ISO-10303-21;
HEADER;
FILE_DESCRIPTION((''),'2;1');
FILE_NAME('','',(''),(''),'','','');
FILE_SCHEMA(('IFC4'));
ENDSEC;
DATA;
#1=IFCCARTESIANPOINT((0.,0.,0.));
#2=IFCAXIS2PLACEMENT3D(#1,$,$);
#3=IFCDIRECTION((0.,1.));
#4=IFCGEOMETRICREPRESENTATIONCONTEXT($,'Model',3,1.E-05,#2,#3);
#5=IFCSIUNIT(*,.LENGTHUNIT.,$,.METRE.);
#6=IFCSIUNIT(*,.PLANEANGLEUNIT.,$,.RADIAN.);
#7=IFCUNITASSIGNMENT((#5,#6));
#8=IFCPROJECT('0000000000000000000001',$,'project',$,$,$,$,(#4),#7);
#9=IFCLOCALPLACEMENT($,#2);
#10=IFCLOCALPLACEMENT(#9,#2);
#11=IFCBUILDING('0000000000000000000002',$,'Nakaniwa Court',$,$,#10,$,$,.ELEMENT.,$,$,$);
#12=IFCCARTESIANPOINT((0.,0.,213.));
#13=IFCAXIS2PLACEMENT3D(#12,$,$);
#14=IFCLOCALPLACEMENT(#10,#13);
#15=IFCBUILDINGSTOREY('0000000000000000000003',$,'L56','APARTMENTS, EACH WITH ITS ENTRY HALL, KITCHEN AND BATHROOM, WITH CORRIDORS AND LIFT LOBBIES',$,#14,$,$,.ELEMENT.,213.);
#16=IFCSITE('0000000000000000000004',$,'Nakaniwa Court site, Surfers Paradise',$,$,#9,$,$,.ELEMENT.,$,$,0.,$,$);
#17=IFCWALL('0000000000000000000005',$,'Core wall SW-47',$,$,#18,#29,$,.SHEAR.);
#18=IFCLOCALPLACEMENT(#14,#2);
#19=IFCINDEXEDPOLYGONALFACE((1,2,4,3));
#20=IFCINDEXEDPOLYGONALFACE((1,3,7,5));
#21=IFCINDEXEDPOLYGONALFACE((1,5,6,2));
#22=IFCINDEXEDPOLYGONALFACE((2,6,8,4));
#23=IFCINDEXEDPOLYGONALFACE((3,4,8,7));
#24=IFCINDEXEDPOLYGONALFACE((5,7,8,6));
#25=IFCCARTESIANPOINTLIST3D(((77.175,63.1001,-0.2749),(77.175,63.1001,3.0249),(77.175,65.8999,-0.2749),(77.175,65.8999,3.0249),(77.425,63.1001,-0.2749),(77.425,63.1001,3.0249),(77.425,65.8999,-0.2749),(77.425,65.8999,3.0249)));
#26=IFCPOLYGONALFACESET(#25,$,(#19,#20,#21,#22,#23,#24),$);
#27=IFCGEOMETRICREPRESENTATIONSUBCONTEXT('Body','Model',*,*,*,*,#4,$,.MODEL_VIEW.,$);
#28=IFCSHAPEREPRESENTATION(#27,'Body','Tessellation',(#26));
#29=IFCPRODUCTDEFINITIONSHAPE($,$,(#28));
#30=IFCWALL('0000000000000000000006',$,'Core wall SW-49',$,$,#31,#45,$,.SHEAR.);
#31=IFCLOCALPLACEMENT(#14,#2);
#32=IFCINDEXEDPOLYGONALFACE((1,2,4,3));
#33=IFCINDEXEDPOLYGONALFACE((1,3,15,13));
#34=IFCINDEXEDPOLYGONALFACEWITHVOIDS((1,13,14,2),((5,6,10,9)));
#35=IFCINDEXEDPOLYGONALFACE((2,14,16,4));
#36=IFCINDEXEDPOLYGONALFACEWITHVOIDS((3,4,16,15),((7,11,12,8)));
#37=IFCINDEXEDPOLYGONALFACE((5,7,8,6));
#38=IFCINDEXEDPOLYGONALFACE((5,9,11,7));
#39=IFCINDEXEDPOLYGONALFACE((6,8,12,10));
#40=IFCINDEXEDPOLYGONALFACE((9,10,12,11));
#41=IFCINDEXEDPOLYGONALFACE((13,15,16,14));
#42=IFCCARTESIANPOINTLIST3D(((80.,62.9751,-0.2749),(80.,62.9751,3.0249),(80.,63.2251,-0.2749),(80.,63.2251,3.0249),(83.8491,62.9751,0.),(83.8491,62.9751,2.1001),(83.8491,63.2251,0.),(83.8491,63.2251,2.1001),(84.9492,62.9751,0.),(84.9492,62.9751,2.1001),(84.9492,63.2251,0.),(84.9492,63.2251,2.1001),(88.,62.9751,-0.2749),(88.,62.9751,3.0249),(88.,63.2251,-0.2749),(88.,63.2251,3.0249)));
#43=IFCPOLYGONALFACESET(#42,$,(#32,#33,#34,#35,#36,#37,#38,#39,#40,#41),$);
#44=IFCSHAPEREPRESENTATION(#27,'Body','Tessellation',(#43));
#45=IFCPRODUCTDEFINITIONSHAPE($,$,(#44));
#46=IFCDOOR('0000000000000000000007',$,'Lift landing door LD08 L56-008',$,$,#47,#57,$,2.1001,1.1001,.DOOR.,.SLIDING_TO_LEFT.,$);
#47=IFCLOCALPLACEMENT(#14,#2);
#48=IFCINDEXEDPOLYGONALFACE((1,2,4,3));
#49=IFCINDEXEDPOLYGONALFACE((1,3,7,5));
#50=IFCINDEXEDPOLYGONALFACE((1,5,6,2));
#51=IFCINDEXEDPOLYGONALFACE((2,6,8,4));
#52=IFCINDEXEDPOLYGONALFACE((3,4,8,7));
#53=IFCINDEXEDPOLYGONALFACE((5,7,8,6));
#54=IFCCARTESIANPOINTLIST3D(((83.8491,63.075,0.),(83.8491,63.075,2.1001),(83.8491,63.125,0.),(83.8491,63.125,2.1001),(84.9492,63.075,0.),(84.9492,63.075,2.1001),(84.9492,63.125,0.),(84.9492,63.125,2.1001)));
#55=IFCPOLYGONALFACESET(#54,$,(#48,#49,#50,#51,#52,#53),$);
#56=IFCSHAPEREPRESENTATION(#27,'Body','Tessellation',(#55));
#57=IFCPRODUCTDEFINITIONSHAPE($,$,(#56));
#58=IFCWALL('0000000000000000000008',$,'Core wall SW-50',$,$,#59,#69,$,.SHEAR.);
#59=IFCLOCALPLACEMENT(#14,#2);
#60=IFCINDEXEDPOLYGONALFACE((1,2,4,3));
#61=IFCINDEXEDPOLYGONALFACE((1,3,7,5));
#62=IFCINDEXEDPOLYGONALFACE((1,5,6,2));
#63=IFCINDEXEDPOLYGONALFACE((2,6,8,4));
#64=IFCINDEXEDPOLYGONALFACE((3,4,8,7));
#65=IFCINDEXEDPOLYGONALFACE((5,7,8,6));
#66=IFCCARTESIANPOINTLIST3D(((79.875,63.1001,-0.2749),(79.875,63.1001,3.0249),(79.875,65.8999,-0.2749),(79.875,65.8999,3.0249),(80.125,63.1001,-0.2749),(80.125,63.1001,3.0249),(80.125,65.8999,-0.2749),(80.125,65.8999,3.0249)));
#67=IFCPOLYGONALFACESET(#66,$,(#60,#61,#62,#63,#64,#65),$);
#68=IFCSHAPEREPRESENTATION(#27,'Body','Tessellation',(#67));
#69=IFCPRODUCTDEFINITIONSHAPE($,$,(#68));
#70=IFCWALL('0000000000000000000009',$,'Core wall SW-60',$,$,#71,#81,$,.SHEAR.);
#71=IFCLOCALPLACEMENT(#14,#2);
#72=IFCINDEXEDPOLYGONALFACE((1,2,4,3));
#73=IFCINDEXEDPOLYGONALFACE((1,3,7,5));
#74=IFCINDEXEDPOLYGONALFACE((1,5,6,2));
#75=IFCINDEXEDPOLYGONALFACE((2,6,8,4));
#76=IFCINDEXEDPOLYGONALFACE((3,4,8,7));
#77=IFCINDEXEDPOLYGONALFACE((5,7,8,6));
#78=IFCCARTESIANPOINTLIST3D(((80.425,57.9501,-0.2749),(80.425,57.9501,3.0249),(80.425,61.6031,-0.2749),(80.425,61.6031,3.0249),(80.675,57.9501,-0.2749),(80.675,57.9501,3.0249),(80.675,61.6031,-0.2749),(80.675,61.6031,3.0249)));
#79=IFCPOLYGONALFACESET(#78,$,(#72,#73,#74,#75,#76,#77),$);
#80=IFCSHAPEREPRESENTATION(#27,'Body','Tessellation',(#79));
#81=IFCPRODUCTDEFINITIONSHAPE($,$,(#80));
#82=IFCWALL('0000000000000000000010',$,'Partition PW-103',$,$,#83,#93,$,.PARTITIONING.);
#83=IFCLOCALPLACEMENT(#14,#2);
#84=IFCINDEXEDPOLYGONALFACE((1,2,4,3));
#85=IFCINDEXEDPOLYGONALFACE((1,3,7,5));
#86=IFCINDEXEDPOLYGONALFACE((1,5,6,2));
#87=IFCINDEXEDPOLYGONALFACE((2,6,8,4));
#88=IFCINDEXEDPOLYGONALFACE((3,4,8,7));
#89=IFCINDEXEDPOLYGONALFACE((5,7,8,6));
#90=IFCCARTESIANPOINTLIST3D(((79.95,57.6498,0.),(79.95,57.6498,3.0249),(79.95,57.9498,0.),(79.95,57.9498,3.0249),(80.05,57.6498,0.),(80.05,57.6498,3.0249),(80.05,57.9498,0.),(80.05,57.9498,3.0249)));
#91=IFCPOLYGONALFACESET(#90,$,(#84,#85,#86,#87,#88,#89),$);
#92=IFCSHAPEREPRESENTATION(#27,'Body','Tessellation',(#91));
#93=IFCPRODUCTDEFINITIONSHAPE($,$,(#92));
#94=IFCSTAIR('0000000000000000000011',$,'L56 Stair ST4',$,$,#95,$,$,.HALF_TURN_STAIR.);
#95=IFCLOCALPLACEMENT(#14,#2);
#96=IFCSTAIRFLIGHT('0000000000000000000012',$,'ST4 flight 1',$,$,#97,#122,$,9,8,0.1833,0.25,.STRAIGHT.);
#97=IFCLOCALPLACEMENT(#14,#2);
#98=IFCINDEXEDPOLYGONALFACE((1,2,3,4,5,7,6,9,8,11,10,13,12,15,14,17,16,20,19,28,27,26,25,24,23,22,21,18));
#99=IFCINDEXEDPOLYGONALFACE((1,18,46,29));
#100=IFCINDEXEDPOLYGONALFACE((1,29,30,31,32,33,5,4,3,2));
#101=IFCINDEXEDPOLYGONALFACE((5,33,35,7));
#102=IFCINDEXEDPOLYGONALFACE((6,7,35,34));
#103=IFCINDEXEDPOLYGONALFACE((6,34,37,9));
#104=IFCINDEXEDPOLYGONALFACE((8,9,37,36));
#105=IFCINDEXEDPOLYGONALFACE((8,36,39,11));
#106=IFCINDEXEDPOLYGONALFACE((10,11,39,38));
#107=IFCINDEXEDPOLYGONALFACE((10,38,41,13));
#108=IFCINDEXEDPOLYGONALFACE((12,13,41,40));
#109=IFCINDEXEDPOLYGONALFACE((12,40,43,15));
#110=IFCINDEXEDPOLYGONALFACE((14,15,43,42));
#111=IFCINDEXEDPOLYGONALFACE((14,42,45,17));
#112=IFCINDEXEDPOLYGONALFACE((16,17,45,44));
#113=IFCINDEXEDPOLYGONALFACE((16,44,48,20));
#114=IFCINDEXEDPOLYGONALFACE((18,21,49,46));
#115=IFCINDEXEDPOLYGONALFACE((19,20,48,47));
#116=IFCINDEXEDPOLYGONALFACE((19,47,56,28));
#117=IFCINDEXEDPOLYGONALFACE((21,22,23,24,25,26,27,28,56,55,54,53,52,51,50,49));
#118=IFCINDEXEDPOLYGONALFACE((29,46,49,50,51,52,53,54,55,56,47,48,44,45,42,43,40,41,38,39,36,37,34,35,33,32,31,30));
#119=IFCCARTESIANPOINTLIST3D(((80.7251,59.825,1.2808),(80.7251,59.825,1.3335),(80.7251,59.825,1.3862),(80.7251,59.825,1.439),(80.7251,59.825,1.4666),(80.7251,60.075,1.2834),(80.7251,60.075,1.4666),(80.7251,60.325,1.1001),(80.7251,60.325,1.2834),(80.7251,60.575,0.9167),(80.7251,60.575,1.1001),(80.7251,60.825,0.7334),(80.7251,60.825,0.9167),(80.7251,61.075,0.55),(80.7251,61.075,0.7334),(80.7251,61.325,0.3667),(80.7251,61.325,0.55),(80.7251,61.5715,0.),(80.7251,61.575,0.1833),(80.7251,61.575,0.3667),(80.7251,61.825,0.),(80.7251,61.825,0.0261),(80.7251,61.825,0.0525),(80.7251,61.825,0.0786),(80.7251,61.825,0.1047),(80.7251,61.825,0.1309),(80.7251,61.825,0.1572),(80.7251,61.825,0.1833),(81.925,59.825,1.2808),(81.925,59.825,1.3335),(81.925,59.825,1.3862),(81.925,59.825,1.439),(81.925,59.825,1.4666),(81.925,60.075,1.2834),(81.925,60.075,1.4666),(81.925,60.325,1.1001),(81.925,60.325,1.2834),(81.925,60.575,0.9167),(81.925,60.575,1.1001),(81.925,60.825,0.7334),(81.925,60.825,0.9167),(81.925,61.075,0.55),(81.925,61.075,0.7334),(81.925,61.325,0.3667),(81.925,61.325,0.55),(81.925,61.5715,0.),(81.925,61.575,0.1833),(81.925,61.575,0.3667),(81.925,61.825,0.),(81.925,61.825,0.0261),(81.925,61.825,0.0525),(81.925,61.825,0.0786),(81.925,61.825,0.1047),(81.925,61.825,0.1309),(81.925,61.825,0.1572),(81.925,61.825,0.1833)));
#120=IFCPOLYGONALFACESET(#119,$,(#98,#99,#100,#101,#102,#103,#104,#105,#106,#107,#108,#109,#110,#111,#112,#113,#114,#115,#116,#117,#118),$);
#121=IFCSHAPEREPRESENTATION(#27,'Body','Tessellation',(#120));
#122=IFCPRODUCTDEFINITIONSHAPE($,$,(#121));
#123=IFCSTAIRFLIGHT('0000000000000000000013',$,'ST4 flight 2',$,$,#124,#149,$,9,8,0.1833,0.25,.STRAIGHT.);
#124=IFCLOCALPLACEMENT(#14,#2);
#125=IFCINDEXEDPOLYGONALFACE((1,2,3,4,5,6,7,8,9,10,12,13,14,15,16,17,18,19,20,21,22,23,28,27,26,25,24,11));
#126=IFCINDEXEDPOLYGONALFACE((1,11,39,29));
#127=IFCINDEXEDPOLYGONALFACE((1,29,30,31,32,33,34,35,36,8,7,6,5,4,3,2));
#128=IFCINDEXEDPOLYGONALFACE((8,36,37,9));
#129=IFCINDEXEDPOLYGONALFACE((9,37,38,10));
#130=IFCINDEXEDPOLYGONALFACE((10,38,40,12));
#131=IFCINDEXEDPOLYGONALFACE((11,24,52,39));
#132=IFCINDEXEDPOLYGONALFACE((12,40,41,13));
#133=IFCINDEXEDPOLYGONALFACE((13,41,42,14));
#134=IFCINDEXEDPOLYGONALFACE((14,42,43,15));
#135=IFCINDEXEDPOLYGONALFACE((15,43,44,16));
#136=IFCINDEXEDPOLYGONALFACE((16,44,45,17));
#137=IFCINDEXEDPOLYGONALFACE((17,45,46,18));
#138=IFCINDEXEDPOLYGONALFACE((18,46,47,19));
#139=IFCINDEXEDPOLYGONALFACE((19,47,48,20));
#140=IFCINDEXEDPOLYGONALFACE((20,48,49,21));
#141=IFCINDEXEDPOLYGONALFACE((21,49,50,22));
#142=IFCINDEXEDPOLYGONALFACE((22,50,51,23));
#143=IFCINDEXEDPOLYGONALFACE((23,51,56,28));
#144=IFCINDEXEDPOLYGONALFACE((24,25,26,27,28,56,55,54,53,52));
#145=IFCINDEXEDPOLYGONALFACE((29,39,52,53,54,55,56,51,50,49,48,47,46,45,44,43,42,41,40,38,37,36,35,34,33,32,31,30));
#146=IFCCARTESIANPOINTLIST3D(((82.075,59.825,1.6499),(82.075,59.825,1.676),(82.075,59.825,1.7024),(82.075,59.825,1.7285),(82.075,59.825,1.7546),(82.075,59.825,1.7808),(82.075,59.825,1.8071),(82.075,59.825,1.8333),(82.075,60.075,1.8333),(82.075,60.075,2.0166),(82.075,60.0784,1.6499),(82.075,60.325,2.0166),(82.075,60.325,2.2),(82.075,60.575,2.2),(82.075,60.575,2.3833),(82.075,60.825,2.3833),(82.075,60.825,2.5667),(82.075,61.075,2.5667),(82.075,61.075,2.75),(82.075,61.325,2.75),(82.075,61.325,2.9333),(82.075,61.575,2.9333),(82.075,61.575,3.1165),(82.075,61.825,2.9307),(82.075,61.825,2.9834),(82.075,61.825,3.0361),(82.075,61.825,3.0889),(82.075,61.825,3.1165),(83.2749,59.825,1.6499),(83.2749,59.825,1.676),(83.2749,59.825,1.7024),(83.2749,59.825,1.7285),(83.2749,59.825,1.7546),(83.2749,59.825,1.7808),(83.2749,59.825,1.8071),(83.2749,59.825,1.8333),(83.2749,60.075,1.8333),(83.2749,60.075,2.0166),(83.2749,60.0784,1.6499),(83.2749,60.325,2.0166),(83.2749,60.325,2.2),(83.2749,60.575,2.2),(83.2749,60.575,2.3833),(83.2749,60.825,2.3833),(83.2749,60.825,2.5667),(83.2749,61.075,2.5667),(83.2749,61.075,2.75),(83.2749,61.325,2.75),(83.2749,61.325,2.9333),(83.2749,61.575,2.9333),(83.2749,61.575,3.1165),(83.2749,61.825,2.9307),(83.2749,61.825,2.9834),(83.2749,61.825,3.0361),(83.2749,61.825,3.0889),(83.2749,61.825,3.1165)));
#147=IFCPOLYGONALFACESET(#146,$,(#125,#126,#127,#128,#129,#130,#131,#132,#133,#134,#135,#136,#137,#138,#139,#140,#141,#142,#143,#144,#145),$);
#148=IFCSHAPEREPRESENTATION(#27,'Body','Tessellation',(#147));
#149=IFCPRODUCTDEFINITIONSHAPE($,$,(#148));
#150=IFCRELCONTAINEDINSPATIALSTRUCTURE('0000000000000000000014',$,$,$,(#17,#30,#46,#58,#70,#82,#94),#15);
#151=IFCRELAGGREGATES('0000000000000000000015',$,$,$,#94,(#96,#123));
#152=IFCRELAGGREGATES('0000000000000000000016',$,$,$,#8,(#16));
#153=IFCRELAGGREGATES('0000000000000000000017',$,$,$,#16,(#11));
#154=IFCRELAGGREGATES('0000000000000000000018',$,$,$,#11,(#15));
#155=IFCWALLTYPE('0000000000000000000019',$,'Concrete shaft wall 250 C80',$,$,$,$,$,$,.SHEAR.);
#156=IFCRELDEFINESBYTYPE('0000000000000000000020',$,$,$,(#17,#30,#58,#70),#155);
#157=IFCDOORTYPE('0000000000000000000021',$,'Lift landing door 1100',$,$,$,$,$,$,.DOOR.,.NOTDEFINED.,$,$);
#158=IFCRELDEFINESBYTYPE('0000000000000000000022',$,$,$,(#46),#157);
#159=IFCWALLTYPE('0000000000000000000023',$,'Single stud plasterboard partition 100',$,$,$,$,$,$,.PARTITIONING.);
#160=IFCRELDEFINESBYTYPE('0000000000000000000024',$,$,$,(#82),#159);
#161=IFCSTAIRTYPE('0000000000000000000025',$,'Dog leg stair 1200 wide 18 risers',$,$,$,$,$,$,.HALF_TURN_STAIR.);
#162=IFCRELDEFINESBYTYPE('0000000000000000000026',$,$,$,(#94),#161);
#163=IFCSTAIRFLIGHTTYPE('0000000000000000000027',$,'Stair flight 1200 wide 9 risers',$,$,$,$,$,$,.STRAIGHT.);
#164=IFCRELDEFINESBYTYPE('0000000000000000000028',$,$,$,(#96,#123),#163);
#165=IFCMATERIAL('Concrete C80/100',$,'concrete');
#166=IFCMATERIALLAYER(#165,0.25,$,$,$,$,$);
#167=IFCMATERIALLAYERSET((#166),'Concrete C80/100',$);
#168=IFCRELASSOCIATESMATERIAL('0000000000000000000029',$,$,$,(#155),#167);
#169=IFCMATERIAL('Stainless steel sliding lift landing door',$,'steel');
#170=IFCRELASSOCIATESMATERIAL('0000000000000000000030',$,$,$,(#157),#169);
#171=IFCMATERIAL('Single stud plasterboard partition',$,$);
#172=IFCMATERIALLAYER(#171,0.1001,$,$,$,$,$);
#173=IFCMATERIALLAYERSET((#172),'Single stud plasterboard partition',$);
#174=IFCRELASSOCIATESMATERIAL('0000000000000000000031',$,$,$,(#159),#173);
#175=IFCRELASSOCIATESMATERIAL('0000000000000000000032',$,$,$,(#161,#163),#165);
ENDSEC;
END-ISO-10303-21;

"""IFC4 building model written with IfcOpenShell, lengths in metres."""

from ifc_helpers import new_model, si_unit, direction, frame, frame_2d, origin, place, context, subcontext, project, spatial, polyline, rectangle, outline, extrude, material, layer, layer_set, type_object, element, fill, aggregate, save


model = new_model("IFC4")

# Units and contexts
model_context = context("Model", 3, precision=1e-05, world=origin(), true_north=direction((0.0, 1.0)))
body_context = subcontext(model_context, "Body", "Model", "MODEL_VIEW")
ifc_project = project(units=[si_unit("LENGTHUNIT", "METRE"), si_unit("PLANEANGLEUNIT", "RADIAN")], contexts=[model_context])

# Site, building, storey
site_placement = place(None, origin())
site = spatial("IfcSite", under=ifc_project, at=site_placement, Name="Nakaniwa Court site, Surfers Paradise", CompositionType="ELEMENT", RefElevation=0.0)
building_placement = place(site_placement, origin())
building = spatial("IfcBuilding", under=site, at=building_placement, Name="Nakaniwa Court", CompositionType="ELEMENT")
storey_placement = place(building_placement, frame((0.0, 0.0, 213.0)))
storey = spatial("IfcBuildingStorey", under=building, at=storey_placement, Name="L56", Description="APARTMENTS, EACH WITH ITS ENTRY HALL, KITCHEN AND BATHROOM, WITH CORRIDORS AND LIFT LOBBIES", CompositionType="ELEMENT", Elevation=213.0)

# Shared definitions
ifc_material_1 = material(Name="Concrete C80/100", Category="concrete")

# Wall
ifc_layer_1 = layer(ifc_material_1, 0.25)
ifc_layer_set_1 = layer_set([ifc_layer_1], Name="Concrete C80/100")
wall_type_1 = type_object("IfcWallType", Name="Concrete shaft wall 250 C80", PredefinedType="SHEAR", material=ifc_layer_set_1)
wall_1_placement = place(storey_placement, frame((77.3, 63.1001, -0.2749), z_axis=(0.0, 0.0, 1.0), x_axis=(0.0, 1.0, 0.0)))
element("IfcWall", 1, at=wall_1_placement, inside=storey, type_object=wall_type_1, Name="Core wall SW-47", PredefinedType="SHEAR", context=body_context, shape_type="SweptSolid", body=[
    extrude(rectangle(XDim=2.7998, YDim=0.25, at=frame_2d((1.3999, 0.0))), origin(), (0.0, 0.0, 1.0), 3.2998),
])

# Wall, opening, door
wall_2_placement = place(storey_placement, frame((80.0, 63.1001, -0.2749), z_axis=(0.0, 0.0, 1.0), x_axis=(1.0, 0.0, 0.0)))
wall_2 = element("IfcWall", 2, at=wall_2_placement, inside=storey, type_object=wall_type_1, Name="Core wall SW-49", PredefinedType="SHEAR", context=body_context, shape_type="SweptSolid", body=[
    extrude(rectangle(XDim=8.0, YDim=0.25, at=frame_2d((4.0, 0.0))), origin(), (0.0, 0.0, 1.0), 3.2998),
])
opening_1_placement = place(wall_2_placement, frame((3.8491, 0.0, 0.2749)))
opening_1 = element("IfcOpeningElement", 3, at=opening_1_placement, cuts=wall_2, PredefinedType="OPENING", context=body_context, shape_type="SweptSolid", body=[
    extrude(rectangle(XDim=1.1001, YDim=2.1001, at=frame_2d((0.55, 1.05))), frame((0.0, 0.135, 0.0), z_axis=(0.0, -1.0, 0.0), x_axis=(1.0, 0.0, 0.0)), (0.0, 0.0, 1.0), 0.27),
])
ifc_material_2 = material(Name="Stainless steel sliding lift landing door", Category="steel")
door_type_1 = type_object("IfcDoorType", Name="Lift landing door 1100", OperationType="NOTDEFINED", PredefinedType="DOOR", material=ifc_material_2)
door_1_placement = place(opening_1_placement, origin())
door_1 = element("IfcDoor", 4, at=door_1_placement, inside=storey, type_object=door_type_1, Name="Lift landing door LD08 L56-008", OperationType="SLIDING_TO_LEFT", OverallHeight=2.1001, OverallWidth=1.1001, PredefinedType="DOOR", context=body_context, shape_type="SweptSolid", body=[
    extrude(rectangle(XDim=1.1001, YDim=2.1001, at=frame_2d((0.55, 1.05))), frame((0.0, 0.0249, 0.0), z_axis=(0.0, -1.0, 0.0), x_axis=(1.0, 0.0, 0.0)), (0.0, 0.0, 1.0), 0.05),
])
fill(opening_1, door_1)

# Walls
wall_3_placement = place(storey_placement, frame((80.0, 63.1001, -0.2749), z_axis=(0.0, 0.0, 1.0), x_axis=(0.0, 1.0, 0.0)))
element("IfcWall", 5, at=wall_3_placement, inside=storey, type_object=wall_type_1, Name="Core wall SW-50", PredefinedType="SHEAR", context=body_context, shape_type="SweptSolid", body=[
    extrude(rectangle(XDim=2.7998, YDim=0.25, at=frame_2d((1.3999, 0.0))), origin(), (0.0, 0.0, 1.0), 3.2998),
])
wall_4_placement = place(storey_placement, frame((80.55, 57.95, -0.2749), z_axis=(0.0, 0.0, 1.0), x_axis=(0.0, 1.0, 0.0)))
element("IfcWall", 6, at=wall_4_placement, inside=storey, type_object=wall_type_1, Name="Core wall SW-60", PredefinedType="SHEAR", context=body_context, shape_type="SweptSolid", body=[
    extrude(rectangle(XDim=3.6531, YDim=0.25, at=frame_2d((1.8267, 0.0))), origin(), (0.0, 0.0, 1.0), 3.2998),
])
ifc_material_3 = material(Name="Single stud plasterboard partition")
ifc_layer_2 = layer(ifc_material_3, 0.1001)
ifc_layer_set_2 = layer_set([ifc_layer_2], Name="Single stud plasterboard partition")
wall_type_2 = type_object("IfcWallType", Name="Single stud plasterboard partition 100", PredefinedType="PARTITIONING", material=ifc_layer_set_2)
wall_5_placement = place(storey_placement, frame((80.0, 57.6499, 0.0), z_axis=(0.0, 0.0, 1.0), x_axis=(0.0, 1.0, 0.0)))
element("IfcWall", 7, at=wall_5_placement, inside=storey, type_object=wall_type_2, Name="Partition PW-103", PredefinedType="PARTITIONING", context=body_context, shape_type="SweptSolid", body=[
    extrude(rectangle(XDim=0.3, YDim=0.1001, at=frame_2d((0.1499, 0.0))), origin(), (0.0, 0.0, 1.0), 3.0249),
])

# Stair, stair flights
stair_type = type_object("IfcStairType", Name="Dog leg stair 1200 wide 18 risers", PredefinedType="HALF_TURN_STAIR", material=ifc_material_1)
stair_placement = place(storey_placement, origin())
stair = element("IfcStair", 8, at=stair_placement, inside=storey, type_object=stair_type, Name="L56 Stair ST4", PredefinedType="HALF_TURN_STAIR")
stair_flight_type = type_object("IfcStairFlightType", Name="Stair flight 1200 wide 9 risers", PredefinedType="STRAIGHT", material=ifc_material_1)
stair_flight_1_placement = place(storey_placement, frame((81.325, 61.825, 0.0), z_axis=(0.0, 0.0, 1.0), x_axis=(0.0, -1.0, 0.0)))
stair_flight_1 = element("IfcStairFlight", 9, at=stair_flight_1_placement, type_object=stair_flight_type, Name="ST4 flight 1", NumberOfRisers=9, NumberOfTreads=8, PredefinedType="STRAIGHT", RiserHeight=0.1833, TreadLength=0.25, context=body_context, shape_type="SweptSolid", body=[
    extrude(outline(polyline([(0.0, 0.0), (0.0, 0.0261), (0.0, 0.0525), (0.0, 0.0786), (0.0, 0.1047), (0.0, 0.1309), (0.0, 0.1572), (0.0, 0.1833), (0.25, 0.1833), (0.25, 0.3667), (0.5, 0.3667), (0.5, 0.55), (0.75, 0.55), (0.75, 0.7334), (1.0, 0.7334), (1.0, 0.9167), (1.25, 0.9167), (1.25, 1.1001), (1.5, 1.1001), (1.5, 1.2834), (1.75, 1.2834), (1.75, 1.4666), (2.0, 1.4666), (2.0, 1.6499), (2.0, 1.5972), (2.0, 1.5444), (2.0, 1.4917), (2.0, 1.439), (2.0, 1.3862), (2.0, 1.3335), (2.0, 1.2808), (0.2534, 0.0), (0.0, 0.0)])), frame((0.0, 0.6001, 0.0), z_axis=(0.0, -1.0, 0.0), x_axis=(1.0, 0.0, 0.0)), (0.0, 0.0, 1.0), 1.2),
])
stair_flight_2_placement = place(storey_placement, frame((82.675, 59.825, 1.6499), z_axis=(0.0, 0.0, 1.0), x_axis=(0.0, 1.0, 0.0)))
stair_flight_2 = element("IfcStairFlight", 10, at=stair_flight_2_placement, type_object=stair_flight_type, Name="ST4 flight 2", NumberOfRisers=9, NumberOfTreads=8, PredefinedType="STRAIGHT", RiserHeight=0.1833, TreadLength=0.25, context=body_context, shape_type="SweptSolid", body=[
    extrude(outline(polyline([(0.0, 0.0), (0.0, 0.0261), (0.0, 0.0525), (0.0, 0.0786), (0.0, 0.1047), (0.0, 0.1309), (0.0, 0.1572), (0.0, 0.1833), (0.25, 0.1833), (0.25, 0.3667), (0.5, 0.3667), (0.5, 0.55), (0.75, 0.55), (0.75, 0.7334), (1.0, 0.7334), (1.0, 0.9167), (1.25, 0.9167), (1.25, 1.1001), (1.5, 1.1001), (1.5, 1.2834), (1.75, 1.2834), (1.75, 1.4666), (2.0, 1.4666), (2.0, 1.6499), (2.0, 1.5972), (2.0, 1.5444), (2.0, 1.4917), (2.0, 1.439), (2.0, 1.3862), (2.0, 1.3335), (2.0, 1.2808), (0.2534, 0.0), (0.0, 0.0)])), frame((0.0, 0.6001, 0.0), z_axis=(0.0, -1.0, 0.0), x_axis=(1.0, 0.0, 0.0)), (0.0, 0.0, 1.0), 1.2),
])
aggregate(stair, [stair_flight_1, stair_flight_2])

save(model, "model.ifc")
